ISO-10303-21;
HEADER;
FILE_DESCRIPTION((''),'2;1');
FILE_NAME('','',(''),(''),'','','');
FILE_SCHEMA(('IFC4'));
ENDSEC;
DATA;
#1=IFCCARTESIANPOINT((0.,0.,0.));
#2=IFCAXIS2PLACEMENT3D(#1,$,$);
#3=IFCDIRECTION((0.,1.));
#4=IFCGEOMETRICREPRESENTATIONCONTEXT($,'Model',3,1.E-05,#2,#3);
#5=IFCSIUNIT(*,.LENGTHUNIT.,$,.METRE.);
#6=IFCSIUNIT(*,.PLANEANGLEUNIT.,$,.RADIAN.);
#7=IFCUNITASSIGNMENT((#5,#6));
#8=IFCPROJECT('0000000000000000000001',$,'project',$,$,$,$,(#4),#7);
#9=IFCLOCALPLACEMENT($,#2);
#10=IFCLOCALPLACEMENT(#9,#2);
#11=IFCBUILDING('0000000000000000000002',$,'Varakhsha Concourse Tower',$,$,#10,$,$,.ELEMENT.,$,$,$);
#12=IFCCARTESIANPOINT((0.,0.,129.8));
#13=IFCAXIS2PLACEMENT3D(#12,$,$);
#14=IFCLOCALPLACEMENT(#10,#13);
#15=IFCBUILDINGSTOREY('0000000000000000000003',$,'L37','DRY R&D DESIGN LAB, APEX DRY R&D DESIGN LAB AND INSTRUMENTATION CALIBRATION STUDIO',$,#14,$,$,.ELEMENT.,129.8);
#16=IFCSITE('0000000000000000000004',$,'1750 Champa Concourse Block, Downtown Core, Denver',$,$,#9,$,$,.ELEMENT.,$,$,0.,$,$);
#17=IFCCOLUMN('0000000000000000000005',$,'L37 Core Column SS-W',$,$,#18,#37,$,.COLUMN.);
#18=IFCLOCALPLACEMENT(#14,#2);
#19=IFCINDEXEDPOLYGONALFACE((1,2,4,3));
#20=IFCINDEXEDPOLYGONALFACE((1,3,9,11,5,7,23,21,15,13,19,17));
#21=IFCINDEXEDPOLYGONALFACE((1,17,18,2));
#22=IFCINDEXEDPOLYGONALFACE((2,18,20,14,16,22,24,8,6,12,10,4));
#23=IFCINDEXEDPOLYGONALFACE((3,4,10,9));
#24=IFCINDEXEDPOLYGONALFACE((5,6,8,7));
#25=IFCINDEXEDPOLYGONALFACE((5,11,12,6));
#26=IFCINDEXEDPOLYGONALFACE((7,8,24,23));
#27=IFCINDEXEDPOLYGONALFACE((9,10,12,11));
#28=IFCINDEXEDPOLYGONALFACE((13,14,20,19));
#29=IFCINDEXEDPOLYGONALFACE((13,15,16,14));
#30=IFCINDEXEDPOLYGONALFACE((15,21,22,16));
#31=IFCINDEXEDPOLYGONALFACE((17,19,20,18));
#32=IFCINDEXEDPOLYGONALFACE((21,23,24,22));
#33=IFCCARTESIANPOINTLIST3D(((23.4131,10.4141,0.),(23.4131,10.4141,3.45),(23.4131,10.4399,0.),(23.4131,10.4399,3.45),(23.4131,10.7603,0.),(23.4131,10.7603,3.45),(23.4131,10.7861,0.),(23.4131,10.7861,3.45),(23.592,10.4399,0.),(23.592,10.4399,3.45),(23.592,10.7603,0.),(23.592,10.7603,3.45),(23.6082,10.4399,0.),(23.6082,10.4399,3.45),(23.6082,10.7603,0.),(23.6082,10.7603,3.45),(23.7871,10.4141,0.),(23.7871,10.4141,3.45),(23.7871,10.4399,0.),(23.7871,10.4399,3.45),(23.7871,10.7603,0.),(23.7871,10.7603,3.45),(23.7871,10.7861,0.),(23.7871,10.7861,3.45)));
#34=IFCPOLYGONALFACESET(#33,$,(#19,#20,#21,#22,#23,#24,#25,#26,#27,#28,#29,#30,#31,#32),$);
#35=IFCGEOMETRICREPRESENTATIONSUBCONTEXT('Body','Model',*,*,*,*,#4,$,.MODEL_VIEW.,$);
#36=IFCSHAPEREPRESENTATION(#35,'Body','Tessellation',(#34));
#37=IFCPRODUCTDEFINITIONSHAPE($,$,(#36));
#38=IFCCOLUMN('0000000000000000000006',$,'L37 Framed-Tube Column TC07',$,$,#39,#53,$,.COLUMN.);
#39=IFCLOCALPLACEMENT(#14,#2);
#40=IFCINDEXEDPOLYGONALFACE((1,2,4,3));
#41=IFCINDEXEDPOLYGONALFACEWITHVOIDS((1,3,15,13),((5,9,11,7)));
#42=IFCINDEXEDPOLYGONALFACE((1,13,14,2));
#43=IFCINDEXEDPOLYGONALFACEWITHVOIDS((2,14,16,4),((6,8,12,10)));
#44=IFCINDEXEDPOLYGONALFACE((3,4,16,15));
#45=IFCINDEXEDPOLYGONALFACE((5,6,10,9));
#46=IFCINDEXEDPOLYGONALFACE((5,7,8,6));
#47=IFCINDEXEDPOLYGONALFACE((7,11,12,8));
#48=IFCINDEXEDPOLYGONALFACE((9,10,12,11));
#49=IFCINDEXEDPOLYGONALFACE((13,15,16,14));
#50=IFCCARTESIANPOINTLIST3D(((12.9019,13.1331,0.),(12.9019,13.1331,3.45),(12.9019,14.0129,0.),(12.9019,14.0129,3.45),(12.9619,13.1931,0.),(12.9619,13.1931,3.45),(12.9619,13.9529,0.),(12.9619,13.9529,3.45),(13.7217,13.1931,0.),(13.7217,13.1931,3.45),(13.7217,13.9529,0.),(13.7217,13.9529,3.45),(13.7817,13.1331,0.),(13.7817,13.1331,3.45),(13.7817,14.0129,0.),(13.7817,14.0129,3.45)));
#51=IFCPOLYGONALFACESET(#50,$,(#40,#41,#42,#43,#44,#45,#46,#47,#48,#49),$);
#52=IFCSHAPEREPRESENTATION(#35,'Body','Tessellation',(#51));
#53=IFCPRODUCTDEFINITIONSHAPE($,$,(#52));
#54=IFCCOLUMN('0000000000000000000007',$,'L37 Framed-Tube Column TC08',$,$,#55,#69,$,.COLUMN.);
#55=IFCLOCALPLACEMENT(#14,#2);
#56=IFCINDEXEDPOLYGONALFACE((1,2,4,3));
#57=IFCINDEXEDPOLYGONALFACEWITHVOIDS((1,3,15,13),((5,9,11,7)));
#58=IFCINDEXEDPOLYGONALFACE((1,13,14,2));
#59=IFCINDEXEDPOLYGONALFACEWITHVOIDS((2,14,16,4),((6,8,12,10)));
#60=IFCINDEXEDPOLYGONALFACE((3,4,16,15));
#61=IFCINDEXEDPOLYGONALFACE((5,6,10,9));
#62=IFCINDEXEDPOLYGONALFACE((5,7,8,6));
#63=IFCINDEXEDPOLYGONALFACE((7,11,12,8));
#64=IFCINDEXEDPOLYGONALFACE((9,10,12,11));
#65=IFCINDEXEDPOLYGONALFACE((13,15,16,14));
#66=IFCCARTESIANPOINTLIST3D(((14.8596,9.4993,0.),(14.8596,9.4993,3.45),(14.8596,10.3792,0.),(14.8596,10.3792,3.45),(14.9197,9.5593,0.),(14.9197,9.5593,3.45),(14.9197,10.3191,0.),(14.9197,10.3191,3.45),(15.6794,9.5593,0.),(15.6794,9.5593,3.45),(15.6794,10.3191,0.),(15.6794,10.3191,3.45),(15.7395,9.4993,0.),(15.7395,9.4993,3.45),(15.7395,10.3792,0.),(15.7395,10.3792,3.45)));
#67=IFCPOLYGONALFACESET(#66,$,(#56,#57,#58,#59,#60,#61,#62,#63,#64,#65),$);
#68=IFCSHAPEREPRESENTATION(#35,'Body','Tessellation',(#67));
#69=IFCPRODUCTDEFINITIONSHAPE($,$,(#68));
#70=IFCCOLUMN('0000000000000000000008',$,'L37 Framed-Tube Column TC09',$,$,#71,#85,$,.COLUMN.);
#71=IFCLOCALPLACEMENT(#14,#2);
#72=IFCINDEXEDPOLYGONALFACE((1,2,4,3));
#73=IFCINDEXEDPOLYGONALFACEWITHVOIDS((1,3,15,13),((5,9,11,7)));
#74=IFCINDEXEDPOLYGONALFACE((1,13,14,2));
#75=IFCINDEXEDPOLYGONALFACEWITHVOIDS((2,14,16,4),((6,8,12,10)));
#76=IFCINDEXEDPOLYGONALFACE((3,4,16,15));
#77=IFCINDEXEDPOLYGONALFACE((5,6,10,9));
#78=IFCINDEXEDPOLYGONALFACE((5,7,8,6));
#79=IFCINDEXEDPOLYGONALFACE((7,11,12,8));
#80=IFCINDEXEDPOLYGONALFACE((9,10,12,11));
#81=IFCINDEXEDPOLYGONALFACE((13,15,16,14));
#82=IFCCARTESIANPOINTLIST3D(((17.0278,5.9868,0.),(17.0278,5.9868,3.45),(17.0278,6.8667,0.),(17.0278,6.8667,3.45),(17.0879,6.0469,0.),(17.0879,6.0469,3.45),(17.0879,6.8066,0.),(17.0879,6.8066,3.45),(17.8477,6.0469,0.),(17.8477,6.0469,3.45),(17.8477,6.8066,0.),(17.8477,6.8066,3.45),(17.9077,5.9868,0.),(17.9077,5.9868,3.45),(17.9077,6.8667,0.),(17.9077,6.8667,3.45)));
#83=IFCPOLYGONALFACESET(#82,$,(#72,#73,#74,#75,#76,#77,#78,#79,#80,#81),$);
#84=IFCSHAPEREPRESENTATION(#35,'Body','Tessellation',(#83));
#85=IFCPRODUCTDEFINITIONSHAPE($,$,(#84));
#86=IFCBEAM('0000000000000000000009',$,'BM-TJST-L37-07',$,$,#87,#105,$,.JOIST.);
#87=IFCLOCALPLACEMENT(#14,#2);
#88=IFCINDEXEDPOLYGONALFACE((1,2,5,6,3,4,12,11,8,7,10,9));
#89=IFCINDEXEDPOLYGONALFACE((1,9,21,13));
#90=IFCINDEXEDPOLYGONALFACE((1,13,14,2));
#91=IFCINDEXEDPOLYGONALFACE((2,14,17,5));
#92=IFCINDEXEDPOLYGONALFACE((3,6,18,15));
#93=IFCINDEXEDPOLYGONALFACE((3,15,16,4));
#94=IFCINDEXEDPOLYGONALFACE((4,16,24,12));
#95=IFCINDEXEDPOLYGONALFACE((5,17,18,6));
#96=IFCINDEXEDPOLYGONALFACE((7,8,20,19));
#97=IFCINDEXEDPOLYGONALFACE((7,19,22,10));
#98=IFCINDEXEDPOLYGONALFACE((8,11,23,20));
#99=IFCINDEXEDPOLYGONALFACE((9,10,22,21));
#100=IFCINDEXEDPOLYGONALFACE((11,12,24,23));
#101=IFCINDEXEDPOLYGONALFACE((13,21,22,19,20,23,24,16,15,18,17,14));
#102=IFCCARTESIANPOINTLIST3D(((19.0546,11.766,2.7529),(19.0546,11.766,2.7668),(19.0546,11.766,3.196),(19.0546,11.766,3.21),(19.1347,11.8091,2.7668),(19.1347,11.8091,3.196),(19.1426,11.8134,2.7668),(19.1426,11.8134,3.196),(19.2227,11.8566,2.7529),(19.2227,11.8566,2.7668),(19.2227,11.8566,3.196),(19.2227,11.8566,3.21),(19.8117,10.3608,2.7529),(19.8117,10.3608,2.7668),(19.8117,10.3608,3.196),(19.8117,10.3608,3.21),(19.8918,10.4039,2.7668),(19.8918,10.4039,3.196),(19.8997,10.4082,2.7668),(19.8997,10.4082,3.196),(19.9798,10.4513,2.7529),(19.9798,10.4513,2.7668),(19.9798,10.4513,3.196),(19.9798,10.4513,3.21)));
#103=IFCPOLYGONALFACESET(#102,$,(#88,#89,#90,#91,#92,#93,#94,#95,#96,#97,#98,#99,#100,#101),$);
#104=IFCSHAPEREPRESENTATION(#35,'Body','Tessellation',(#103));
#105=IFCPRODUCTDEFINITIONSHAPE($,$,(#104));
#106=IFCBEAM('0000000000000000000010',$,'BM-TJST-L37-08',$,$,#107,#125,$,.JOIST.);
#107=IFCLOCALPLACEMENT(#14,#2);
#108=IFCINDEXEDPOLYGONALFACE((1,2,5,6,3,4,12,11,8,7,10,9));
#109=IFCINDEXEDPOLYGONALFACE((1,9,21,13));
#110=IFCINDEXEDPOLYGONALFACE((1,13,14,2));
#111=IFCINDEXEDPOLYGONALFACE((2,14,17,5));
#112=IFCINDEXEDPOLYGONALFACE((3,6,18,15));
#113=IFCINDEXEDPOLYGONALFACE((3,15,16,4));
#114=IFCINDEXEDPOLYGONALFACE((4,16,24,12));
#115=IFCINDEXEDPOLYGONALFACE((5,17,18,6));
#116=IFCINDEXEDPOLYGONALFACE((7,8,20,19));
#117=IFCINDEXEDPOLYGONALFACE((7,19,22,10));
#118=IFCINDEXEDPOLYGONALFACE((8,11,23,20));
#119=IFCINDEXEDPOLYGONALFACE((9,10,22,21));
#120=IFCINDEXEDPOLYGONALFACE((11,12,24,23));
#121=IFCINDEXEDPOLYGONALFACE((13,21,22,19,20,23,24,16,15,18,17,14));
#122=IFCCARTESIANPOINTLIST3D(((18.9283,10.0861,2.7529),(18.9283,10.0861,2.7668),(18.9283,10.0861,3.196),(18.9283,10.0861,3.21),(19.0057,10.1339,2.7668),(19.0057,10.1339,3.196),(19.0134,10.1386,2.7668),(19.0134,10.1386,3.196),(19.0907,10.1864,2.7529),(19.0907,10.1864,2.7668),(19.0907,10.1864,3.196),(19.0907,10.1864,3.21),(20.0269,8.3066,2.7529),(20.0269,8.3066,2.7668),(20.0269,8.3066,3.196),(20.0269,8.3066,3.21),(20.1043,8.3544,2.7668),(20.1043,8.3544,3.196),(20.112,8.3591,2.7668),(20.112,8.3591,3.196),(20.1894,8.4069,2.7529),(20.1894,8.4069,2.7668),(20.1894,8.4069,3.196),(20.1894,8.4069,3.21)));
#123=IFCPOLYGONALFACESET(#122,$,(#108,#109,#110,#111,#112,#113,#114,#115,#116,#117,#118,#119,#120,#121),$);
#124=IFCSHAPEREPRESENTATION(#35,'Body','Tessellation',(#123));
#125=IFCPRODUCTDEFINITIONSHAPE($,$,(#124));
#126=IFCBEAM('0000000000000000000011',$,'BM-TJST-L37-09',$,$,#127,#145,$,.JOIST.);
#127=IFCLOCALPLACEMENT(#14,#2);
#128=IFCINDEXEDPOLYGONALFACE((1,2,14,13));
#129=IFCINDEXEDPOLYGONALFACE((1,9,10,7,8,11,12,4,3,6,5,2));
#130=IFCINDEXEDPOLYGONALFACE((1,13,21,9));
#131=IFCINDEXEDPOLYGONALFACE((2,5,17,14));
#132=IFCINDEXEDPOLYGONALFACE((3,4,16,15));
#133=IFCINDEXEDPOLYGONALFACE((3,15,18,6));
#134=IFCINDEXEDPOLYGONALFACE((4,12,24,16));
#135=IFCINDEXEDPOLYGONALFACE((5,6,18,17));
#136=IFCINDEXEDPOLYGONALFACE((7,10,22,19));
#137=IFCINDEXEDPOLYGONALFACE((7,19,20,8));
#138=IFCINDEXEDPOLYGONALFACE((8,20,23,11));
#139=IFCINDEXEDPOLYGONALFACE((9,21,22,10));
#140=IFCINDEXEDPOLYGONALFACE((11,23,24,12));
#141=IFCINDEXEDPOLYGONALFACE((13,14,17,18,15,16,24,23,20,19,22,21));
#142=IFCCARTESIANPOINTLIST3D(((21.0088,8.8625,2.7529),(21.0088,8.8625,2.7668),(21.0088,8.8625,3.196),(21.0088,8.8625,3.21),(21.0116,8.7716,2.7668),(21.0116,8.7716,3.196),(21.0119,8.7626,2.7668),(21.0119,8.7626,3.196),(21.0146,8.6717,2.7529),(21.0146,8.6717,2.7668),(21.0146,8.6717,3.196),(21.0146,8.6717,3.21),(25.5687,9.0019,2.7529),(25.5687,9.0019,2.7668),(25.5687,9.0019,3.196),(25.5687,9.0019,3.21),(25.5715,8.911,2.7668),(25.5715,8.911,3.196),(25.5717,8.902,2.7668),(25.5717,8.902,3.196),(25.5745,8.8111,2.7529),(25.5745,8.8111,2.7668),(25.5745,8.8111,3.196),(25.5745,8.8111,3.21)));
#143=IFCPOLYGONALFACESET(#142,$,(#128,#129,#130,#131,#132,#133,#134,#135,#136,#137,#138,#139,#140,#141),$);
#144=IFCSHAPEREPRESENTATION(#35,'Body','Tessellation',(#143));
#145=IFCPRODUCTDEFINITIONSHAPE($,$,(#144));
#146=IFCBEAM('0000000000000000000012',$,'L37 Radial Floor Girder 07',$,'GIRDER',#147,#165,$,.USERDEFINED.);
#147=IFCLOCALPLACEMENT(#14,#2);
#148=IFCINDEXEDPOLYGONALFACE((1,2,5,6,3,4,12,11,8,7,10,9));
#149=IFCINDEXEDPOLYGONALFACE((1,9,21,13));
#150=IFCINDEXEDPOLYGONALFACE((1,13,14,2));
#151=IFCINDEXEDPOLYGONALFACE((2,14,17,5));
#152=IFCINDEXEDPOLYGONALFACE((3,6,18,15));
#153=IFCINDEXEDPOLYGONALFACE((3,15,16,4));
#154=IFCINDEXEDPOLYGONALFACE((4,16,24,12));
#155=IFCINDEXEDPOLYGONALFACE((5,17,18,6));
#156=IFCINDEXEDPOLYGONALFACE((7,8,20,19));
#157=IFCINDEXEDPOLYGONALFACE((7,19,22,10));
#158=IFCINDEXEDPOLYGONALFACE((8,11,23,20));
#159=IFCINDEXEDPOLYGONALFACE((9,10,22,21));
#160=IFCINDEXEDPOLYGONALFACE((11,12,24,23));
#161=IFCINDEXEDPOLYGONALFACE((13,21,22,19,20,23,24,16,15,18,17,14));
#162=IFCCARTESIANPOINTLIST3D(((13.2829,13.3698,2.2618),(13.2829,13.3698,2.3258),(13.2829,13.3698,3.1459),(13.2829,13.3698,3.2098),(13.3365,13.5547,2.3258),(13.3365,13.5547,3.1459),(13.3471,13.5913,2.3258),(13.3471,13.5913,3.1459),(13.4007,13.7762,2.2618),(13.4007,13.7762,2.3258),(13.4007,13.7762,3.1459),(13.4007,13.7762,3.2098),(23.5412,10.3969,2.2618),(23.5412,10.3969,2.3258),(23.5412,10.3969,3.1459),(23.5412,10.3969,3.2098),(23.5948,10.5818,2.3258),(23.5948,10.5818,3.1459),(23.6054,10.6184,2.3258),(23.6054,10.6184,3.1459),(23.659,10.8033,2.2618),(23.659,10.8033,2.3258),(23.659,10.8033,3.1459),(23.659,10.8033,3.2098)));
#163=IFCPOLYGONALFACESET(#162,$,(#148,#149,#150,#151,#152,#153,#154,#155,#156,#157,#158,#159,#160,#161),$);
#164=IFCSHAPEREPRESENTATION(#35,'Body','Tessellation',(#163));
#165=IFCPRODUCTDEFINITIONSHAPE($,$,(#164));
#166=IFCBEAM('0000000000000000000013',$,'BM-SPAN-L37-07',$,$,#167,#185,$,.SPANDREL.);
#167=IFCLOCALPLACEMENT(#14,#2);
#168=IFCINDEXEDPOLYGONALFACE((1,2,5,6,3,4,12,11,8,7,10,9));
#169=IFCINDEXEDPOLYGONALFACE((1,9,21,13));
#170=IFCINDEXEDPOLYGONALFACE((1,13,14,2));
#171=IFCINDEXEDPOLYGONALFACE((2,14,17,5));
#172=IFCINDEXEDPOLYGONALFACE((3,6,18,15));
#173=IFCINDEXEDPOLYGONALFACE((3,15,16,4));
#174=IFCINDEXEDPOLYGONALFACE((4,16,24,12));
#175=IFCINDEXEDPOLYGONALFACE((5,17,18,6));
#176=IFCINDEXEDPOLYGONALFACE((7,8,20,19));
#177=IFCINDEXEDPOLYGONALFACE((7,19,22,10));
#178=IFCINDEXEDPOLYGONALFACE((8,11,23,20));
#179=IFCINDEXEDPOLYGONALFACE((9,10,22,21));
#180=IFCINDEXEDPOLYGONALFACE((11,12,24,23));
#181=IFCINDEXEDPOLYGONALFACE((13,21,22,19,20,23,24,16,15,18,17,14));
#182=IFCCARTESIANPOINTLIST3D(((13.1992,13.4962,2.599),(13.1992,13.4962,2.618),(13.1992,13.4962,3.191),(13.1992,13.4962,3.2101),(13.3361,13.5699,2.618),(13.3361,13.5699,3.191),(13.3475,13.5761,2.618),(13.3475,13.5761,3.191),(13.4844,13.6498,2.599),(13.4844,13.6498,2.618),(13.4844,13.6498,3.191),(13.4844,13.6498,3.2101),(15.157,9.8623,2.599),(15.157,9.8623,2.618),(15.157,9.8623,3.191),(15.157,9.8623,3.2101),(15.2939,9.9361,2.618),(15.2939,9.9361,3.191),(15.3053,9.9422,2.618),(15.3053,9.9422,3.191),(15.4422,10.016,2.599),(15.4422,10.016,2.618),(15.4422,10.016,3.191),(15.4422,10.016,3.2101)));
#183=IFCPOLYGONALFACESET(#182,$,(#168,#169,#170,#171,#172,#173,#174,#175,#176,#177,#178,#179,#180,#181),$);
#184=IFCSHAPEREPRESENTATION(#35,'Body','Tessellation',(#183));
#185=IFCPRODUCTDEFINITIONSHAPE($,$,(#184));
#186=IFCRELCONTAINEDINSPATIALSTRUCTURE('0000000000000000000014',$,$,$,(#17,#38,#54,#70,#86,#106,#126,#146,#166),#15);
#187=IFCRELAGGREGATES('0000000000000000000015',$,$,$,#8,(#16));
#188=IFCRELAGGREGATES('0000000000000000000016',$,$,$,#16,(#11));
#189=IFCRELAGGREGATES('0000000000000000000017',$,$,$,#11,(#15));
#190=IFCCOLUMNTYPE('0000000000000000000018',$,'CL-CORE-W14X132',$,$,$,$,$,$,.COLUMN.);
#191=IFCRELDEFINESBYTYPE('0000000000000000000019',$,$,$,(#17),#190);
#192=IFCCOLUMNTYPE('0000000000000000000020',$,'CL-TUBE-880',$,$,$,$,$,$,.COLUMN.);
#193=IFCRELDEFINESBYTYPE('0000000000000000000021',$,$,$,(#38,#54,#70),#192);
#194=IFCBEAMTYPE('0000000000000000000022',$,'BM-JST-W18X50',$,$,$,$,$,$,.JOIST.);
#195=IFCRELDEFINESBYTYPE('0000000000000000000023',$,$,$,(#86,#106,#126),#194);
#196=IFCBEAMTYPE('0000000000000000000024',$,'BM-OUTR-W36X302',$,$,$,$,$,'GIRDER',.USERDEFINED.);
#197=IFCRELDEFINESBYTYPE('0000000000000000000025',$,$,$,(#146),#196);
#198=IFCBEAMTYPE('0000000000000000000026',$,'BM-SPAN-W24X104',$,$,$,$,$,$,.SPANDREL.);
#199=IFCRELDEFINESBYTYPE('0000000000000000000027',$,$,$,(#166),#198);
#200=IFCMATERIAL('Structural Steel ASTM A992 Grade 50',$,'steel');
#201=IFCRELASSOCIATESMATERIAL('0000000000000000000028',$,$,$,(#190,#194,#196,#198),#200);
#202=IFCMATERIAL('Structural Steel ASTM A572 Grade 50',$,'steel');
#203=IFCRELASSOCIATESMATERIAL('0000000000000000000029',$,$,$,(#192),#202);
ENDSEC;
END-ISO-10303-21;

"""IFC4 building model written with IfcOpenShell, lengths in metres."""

from ifc_helpers import new_model, si_unit, direction, frame, origin, origin_2d, place, context, subcontext, project, spatial, hollow_rectangle, i_section, extrude, material, material_profile, profile_set, type_object, element, save


model = new_model("IFC4")

# Units and contexts
model_context = context("Model", 3, precision=1e-05, world=origin(), true_north=direction((0.0, 1.0)))
body_context = subcontext(model_context, "Body", "Model", "MODEL_VIEW")
ifc_project = project(units=[si_unit("LENGTHUNIT", "METRE"), si_unit("PLANEANGLEUNIT", "RADIAN")], contexts=[model_context])

# Site, building, storey
site_placement = place(None, origin())
site = spatial("IfcSite", under=ifc_project, at=site_placement, Name="1750 Champa Concourse Block, Downtown Core, Denver", CompositionType="ELEMENT", RefElevation=0.0)
building_placement = place(site_placement, origin())
building = spatial("IfcBuilding", under=site, at=building_placement, Name="Varakhsha Concourse Tower", CompositionType="ELEMENT")
storey_placement = place(building_placement, frame((0.0, 0.0, 129.8)))
storey = spatial("IfcBuildingStorey", under=building, at=storey_placement, Name="L37", Description="DRY R&D DESIGN LAB, APEX DRY R&D DESIGN LAB AND INSTRUMENTATION CALIBRATION STUDIO", CompositionType="ELEMENT", Elevation=129.8)

# Columns
ifc_material_1 = material(Name="Structural Steel ASTM A992 Grade 50", Category="steel")
ifc_material_profile_1 = material_profile(ifc_material_1, i_section(OverallWidth=0.374, OverallDepth=0.3721, WebThickness=0.0161, FlangeThickness=0.0259, at=origin_2d()), Name="W14X132")
ifc_profile_set_1 = profile_set([ifc_material_profile_1], Name="Structural Steel ASTM A992 Grade 50")
column_type_1 = type_object("IfcColumnType", Name="CL-CORE-W14X132", PredefinedType="COLUMN", material=ifc_profile_set_1)
column_placement = place(storey_placement, frame((23.6001, 10.6001, 0.0), z_axis=(0.0, 0.0, 1.0), x_axis=(1.0, 0.0, 0.0)))
element("IfcColumn", 1, at=column_placement, inside=storey, type_object=column_type_1, Name="L37 Core Column SS-W", PredefinedType="COLUMN", context=body_context, shape_type="SweptSolid", body=[
    extrude(i_section(OverallWidth=0.374, OverallDepth=0.3721, WebThickness=0.0161, FlangeThickness=0.0259, at=origin_2d()), origin(), (0.0, 0.0, 1.0), 3.45),
])
ifc_material_2 = material(Name="Structural Steel ASTM A572 Grade 50", Category="steel")
ifc_material_profile_2 = material_profile(ifc_material_2, hollow_rectangle(XDim=0.8799, YDim=0.8799, WallThickness=0.0601, at=origin_2d()), Name="BOX 880x880x60")
ifc_profile_set_2 = profile_set([ifc_material_profile_2], Name="Structural Steel ASTM A572 Grade 50")
column_type_2 = type_object("IfcColumnType", Name="CL-TUBE-880", PredefinedType="COLUMN", material=ifc_profile_set_2)
for number, where, z_axis, x_axis, name in (
    (2, (13.3418, 13.573, 0.0), (0.0, 0.0, 1.0), (1.0, 0.0, 0.0), "L37 Framed-Tube Column TC07"),
    (3, (15.2996, 9.9392, 0.0), (0.0, 0.0, 1.0), (1.0, 0.0, 0.0), "L37 Framed-Tube Column TC08"),
    (4, (17.4678, 6.4268, 0.0), (0.0, 0.0, 1.0), (1.0, 0.0, 0.0), "L37 Framed-Tube Column TC09"),
):
    element("IfcColumn", number, at=place(storey_placement, frame(where, z_axis=z_axis, x_axis=x_axis)), inside=storey, type_object=column_type_2, Name=name, PredefinedType="COLUMN", context=body_context, shape_type="SweptSolid", body=[
        extrude(hollow_rectangle(XDim=0.8799, YDim=0.8799, WallThickness=0.0601, at=origin_2d()), origin(), (0.0, 0.0, 1.0), 3.45),
    ])

# Beams
ifc_material_profile_3 = material_profile(ifc_material_1, i_section(OverallWidth=0.1909, OverallDepth=0.457, WebThickness=0.009, FlangeThickness=0.0139, at=origin_2d()), Name="W18X50")
ifc_profile_set_3 = profile_set([ifc_material_profile_3], Name="Structural Steel ASTM A992 Grade 50")
beam_type_1 = type_object("IfcBeamType", Name="BM-JST-W18X50", PredefinedType="JOIST", material=ifc_profile_set_3)
beam_1_placement = place(storey_placement, frame((19.1387, 11.8113, 2.9814), z_axis=(0.474291, -0.880368, 0.0), x_axis=(0.880368, 0.474291, 0.0)))
element("IfcBeam", 5, at=beam_1_placement, inside=storey, type_object=beam_type_1, Name="BM-TJST-L37-07", PredefinedType="JOIST", context=body_context, shape_type="SweptSolid", body=[
    extrude(i_section(OverallWidth=0.1909, OverallDepth=0.457, WebThickness=0.009, FlangeThickness=0.0139, at=origin_2d()), origin(), (0.0, 0.0, 1.0), 1.5962),
])
beam_2_placement = place(storey_placement, frame((19.0095, 10.1362, 2.9814), z_axis=(0.525321, -0.850904, 0.0), x_axis=(0.850904, 0.525321, 0.0)))
element("IfcBeam", 6, at=beam_2_placement, inside=storey, type_object=beam_type_1, Name="BM-TJST-L37-08", PredefinedType="JOIST", context=body_context, shape_type="SweptSolid", body=[
    extrude(i_section(OverallWidth=0.1909, OverallDepth=0.457, WebThickness=0.009, FlangeThickness=0.0139, at=origin_2d()), origin(), (0.0, 0.0, 1.0), 2.0913),
])
beam_3_placement = place(storey_placement, frame((21.0117, 8.7671, 2.9814), z_axis=(0.999533, 0.030558, 0.0), x_axis=(-0.030558, 0.999533, 0.0)))
element("IfcBeam", 7, at=beam_3_placement, inside=storey, type_object=beam_type_1, Name="BM-TJST-L37-09", PredefinedType="JOIST", context=body_context, shape_type="SweptSolid", body=[
    extrude(i_section(OverallWidth=0.1909, OverallDepth=0.457, WebThickness=0.009, FlangeThickness=0.0139, at=origin_2d()), origin(), (0.0, 0.0, 1.0), 4.562),
])
ifc_material_profile_4 = material_profile(ifc_material_1, i_section(OverallWidth=0.4231, OverallDepth=0.948, WebThickness=0.0381, FlangeThickness=0.064, at=origin_2d()), Name="W36X302")
ifc_profile_set_4 = profile_set([ifc_material_profile_4], Name="Structural Steel ASTM A992 Grade 50")
beam_type_2 = type_object("IfcBeamType", Name="BM-OUTR-W36X302", ElementType="GIRDER", PredefinedType="USERDEFINED", material=ifc_profile_set_4)
beam_4_placement = place(storey_placement, frame((23.6001, 10.6001, 2.7358), z_axis=(-0.960479, 0.278351, 0.0), x_axis=(-0.278351, -0.960479, 0.0)))
element("IfcBeam", 8, at=beam_4_placement, inside=storey, type_object=beam_type_2, Name="L37 Radial Floor Girder 07", ObjectType="GIRDER", PredefinedType="USERDEFINED", context=body_context, shape_type="SweptSolid", body=[
    extrude(i_section(OverallWidth=0.4231, OverallDepth=0.948, WebThickness=0.0381, FlangeThickness=0.064, at=origin_2d()), origin(), (0.0, 0.0, 1.0), 10.6804),
])
ifc_material_profile_5 = material_profile(ifc_material_1, i_section(OverallWidth=0.324, OverallDepth=0.6111, WebThickness=0.0129, FlangeThickness=0.019, at=origin_2d()), Name="W24X104")
ifc_profile_set_5 = profile_set([ifc_material_profile_5], Name="Structural Steel ASTM A992 Grade 50")
beam_type_3 = type_object("IfcBeamType", Name="BM-SPAN-W24X104", PredefinedType="SPANDREL", material=ifc_profile_set_5)
for number, where, z_axis, x_axis, name in (
    (9, (13.3418, 13.573, 2.9045), (0.474308, -0.880359, 0.0), (0.880359, 0.474308, 0.0), "BM-SPAN-L37-07"),
):
    element("IfcBeam", number, at=place(storey_placement, frame(where, z_axis=z_axis, x_axis=x_axis)), inside=storey, type_object=beam_type_3, Name=name, PredefinedType="SPANDREL", context=body_context, shape_type="SweptSolid", body=[
        extrude(i_section(OverallWidth=0.324, OverallDepth=0.6111, WebThickness=0.0129, FlangeThickness=0.019, at=origin_2d()), origin(), (0.0, 0.0, 1.0), 4.1277),
    ])

save(model, "model.ifc")
